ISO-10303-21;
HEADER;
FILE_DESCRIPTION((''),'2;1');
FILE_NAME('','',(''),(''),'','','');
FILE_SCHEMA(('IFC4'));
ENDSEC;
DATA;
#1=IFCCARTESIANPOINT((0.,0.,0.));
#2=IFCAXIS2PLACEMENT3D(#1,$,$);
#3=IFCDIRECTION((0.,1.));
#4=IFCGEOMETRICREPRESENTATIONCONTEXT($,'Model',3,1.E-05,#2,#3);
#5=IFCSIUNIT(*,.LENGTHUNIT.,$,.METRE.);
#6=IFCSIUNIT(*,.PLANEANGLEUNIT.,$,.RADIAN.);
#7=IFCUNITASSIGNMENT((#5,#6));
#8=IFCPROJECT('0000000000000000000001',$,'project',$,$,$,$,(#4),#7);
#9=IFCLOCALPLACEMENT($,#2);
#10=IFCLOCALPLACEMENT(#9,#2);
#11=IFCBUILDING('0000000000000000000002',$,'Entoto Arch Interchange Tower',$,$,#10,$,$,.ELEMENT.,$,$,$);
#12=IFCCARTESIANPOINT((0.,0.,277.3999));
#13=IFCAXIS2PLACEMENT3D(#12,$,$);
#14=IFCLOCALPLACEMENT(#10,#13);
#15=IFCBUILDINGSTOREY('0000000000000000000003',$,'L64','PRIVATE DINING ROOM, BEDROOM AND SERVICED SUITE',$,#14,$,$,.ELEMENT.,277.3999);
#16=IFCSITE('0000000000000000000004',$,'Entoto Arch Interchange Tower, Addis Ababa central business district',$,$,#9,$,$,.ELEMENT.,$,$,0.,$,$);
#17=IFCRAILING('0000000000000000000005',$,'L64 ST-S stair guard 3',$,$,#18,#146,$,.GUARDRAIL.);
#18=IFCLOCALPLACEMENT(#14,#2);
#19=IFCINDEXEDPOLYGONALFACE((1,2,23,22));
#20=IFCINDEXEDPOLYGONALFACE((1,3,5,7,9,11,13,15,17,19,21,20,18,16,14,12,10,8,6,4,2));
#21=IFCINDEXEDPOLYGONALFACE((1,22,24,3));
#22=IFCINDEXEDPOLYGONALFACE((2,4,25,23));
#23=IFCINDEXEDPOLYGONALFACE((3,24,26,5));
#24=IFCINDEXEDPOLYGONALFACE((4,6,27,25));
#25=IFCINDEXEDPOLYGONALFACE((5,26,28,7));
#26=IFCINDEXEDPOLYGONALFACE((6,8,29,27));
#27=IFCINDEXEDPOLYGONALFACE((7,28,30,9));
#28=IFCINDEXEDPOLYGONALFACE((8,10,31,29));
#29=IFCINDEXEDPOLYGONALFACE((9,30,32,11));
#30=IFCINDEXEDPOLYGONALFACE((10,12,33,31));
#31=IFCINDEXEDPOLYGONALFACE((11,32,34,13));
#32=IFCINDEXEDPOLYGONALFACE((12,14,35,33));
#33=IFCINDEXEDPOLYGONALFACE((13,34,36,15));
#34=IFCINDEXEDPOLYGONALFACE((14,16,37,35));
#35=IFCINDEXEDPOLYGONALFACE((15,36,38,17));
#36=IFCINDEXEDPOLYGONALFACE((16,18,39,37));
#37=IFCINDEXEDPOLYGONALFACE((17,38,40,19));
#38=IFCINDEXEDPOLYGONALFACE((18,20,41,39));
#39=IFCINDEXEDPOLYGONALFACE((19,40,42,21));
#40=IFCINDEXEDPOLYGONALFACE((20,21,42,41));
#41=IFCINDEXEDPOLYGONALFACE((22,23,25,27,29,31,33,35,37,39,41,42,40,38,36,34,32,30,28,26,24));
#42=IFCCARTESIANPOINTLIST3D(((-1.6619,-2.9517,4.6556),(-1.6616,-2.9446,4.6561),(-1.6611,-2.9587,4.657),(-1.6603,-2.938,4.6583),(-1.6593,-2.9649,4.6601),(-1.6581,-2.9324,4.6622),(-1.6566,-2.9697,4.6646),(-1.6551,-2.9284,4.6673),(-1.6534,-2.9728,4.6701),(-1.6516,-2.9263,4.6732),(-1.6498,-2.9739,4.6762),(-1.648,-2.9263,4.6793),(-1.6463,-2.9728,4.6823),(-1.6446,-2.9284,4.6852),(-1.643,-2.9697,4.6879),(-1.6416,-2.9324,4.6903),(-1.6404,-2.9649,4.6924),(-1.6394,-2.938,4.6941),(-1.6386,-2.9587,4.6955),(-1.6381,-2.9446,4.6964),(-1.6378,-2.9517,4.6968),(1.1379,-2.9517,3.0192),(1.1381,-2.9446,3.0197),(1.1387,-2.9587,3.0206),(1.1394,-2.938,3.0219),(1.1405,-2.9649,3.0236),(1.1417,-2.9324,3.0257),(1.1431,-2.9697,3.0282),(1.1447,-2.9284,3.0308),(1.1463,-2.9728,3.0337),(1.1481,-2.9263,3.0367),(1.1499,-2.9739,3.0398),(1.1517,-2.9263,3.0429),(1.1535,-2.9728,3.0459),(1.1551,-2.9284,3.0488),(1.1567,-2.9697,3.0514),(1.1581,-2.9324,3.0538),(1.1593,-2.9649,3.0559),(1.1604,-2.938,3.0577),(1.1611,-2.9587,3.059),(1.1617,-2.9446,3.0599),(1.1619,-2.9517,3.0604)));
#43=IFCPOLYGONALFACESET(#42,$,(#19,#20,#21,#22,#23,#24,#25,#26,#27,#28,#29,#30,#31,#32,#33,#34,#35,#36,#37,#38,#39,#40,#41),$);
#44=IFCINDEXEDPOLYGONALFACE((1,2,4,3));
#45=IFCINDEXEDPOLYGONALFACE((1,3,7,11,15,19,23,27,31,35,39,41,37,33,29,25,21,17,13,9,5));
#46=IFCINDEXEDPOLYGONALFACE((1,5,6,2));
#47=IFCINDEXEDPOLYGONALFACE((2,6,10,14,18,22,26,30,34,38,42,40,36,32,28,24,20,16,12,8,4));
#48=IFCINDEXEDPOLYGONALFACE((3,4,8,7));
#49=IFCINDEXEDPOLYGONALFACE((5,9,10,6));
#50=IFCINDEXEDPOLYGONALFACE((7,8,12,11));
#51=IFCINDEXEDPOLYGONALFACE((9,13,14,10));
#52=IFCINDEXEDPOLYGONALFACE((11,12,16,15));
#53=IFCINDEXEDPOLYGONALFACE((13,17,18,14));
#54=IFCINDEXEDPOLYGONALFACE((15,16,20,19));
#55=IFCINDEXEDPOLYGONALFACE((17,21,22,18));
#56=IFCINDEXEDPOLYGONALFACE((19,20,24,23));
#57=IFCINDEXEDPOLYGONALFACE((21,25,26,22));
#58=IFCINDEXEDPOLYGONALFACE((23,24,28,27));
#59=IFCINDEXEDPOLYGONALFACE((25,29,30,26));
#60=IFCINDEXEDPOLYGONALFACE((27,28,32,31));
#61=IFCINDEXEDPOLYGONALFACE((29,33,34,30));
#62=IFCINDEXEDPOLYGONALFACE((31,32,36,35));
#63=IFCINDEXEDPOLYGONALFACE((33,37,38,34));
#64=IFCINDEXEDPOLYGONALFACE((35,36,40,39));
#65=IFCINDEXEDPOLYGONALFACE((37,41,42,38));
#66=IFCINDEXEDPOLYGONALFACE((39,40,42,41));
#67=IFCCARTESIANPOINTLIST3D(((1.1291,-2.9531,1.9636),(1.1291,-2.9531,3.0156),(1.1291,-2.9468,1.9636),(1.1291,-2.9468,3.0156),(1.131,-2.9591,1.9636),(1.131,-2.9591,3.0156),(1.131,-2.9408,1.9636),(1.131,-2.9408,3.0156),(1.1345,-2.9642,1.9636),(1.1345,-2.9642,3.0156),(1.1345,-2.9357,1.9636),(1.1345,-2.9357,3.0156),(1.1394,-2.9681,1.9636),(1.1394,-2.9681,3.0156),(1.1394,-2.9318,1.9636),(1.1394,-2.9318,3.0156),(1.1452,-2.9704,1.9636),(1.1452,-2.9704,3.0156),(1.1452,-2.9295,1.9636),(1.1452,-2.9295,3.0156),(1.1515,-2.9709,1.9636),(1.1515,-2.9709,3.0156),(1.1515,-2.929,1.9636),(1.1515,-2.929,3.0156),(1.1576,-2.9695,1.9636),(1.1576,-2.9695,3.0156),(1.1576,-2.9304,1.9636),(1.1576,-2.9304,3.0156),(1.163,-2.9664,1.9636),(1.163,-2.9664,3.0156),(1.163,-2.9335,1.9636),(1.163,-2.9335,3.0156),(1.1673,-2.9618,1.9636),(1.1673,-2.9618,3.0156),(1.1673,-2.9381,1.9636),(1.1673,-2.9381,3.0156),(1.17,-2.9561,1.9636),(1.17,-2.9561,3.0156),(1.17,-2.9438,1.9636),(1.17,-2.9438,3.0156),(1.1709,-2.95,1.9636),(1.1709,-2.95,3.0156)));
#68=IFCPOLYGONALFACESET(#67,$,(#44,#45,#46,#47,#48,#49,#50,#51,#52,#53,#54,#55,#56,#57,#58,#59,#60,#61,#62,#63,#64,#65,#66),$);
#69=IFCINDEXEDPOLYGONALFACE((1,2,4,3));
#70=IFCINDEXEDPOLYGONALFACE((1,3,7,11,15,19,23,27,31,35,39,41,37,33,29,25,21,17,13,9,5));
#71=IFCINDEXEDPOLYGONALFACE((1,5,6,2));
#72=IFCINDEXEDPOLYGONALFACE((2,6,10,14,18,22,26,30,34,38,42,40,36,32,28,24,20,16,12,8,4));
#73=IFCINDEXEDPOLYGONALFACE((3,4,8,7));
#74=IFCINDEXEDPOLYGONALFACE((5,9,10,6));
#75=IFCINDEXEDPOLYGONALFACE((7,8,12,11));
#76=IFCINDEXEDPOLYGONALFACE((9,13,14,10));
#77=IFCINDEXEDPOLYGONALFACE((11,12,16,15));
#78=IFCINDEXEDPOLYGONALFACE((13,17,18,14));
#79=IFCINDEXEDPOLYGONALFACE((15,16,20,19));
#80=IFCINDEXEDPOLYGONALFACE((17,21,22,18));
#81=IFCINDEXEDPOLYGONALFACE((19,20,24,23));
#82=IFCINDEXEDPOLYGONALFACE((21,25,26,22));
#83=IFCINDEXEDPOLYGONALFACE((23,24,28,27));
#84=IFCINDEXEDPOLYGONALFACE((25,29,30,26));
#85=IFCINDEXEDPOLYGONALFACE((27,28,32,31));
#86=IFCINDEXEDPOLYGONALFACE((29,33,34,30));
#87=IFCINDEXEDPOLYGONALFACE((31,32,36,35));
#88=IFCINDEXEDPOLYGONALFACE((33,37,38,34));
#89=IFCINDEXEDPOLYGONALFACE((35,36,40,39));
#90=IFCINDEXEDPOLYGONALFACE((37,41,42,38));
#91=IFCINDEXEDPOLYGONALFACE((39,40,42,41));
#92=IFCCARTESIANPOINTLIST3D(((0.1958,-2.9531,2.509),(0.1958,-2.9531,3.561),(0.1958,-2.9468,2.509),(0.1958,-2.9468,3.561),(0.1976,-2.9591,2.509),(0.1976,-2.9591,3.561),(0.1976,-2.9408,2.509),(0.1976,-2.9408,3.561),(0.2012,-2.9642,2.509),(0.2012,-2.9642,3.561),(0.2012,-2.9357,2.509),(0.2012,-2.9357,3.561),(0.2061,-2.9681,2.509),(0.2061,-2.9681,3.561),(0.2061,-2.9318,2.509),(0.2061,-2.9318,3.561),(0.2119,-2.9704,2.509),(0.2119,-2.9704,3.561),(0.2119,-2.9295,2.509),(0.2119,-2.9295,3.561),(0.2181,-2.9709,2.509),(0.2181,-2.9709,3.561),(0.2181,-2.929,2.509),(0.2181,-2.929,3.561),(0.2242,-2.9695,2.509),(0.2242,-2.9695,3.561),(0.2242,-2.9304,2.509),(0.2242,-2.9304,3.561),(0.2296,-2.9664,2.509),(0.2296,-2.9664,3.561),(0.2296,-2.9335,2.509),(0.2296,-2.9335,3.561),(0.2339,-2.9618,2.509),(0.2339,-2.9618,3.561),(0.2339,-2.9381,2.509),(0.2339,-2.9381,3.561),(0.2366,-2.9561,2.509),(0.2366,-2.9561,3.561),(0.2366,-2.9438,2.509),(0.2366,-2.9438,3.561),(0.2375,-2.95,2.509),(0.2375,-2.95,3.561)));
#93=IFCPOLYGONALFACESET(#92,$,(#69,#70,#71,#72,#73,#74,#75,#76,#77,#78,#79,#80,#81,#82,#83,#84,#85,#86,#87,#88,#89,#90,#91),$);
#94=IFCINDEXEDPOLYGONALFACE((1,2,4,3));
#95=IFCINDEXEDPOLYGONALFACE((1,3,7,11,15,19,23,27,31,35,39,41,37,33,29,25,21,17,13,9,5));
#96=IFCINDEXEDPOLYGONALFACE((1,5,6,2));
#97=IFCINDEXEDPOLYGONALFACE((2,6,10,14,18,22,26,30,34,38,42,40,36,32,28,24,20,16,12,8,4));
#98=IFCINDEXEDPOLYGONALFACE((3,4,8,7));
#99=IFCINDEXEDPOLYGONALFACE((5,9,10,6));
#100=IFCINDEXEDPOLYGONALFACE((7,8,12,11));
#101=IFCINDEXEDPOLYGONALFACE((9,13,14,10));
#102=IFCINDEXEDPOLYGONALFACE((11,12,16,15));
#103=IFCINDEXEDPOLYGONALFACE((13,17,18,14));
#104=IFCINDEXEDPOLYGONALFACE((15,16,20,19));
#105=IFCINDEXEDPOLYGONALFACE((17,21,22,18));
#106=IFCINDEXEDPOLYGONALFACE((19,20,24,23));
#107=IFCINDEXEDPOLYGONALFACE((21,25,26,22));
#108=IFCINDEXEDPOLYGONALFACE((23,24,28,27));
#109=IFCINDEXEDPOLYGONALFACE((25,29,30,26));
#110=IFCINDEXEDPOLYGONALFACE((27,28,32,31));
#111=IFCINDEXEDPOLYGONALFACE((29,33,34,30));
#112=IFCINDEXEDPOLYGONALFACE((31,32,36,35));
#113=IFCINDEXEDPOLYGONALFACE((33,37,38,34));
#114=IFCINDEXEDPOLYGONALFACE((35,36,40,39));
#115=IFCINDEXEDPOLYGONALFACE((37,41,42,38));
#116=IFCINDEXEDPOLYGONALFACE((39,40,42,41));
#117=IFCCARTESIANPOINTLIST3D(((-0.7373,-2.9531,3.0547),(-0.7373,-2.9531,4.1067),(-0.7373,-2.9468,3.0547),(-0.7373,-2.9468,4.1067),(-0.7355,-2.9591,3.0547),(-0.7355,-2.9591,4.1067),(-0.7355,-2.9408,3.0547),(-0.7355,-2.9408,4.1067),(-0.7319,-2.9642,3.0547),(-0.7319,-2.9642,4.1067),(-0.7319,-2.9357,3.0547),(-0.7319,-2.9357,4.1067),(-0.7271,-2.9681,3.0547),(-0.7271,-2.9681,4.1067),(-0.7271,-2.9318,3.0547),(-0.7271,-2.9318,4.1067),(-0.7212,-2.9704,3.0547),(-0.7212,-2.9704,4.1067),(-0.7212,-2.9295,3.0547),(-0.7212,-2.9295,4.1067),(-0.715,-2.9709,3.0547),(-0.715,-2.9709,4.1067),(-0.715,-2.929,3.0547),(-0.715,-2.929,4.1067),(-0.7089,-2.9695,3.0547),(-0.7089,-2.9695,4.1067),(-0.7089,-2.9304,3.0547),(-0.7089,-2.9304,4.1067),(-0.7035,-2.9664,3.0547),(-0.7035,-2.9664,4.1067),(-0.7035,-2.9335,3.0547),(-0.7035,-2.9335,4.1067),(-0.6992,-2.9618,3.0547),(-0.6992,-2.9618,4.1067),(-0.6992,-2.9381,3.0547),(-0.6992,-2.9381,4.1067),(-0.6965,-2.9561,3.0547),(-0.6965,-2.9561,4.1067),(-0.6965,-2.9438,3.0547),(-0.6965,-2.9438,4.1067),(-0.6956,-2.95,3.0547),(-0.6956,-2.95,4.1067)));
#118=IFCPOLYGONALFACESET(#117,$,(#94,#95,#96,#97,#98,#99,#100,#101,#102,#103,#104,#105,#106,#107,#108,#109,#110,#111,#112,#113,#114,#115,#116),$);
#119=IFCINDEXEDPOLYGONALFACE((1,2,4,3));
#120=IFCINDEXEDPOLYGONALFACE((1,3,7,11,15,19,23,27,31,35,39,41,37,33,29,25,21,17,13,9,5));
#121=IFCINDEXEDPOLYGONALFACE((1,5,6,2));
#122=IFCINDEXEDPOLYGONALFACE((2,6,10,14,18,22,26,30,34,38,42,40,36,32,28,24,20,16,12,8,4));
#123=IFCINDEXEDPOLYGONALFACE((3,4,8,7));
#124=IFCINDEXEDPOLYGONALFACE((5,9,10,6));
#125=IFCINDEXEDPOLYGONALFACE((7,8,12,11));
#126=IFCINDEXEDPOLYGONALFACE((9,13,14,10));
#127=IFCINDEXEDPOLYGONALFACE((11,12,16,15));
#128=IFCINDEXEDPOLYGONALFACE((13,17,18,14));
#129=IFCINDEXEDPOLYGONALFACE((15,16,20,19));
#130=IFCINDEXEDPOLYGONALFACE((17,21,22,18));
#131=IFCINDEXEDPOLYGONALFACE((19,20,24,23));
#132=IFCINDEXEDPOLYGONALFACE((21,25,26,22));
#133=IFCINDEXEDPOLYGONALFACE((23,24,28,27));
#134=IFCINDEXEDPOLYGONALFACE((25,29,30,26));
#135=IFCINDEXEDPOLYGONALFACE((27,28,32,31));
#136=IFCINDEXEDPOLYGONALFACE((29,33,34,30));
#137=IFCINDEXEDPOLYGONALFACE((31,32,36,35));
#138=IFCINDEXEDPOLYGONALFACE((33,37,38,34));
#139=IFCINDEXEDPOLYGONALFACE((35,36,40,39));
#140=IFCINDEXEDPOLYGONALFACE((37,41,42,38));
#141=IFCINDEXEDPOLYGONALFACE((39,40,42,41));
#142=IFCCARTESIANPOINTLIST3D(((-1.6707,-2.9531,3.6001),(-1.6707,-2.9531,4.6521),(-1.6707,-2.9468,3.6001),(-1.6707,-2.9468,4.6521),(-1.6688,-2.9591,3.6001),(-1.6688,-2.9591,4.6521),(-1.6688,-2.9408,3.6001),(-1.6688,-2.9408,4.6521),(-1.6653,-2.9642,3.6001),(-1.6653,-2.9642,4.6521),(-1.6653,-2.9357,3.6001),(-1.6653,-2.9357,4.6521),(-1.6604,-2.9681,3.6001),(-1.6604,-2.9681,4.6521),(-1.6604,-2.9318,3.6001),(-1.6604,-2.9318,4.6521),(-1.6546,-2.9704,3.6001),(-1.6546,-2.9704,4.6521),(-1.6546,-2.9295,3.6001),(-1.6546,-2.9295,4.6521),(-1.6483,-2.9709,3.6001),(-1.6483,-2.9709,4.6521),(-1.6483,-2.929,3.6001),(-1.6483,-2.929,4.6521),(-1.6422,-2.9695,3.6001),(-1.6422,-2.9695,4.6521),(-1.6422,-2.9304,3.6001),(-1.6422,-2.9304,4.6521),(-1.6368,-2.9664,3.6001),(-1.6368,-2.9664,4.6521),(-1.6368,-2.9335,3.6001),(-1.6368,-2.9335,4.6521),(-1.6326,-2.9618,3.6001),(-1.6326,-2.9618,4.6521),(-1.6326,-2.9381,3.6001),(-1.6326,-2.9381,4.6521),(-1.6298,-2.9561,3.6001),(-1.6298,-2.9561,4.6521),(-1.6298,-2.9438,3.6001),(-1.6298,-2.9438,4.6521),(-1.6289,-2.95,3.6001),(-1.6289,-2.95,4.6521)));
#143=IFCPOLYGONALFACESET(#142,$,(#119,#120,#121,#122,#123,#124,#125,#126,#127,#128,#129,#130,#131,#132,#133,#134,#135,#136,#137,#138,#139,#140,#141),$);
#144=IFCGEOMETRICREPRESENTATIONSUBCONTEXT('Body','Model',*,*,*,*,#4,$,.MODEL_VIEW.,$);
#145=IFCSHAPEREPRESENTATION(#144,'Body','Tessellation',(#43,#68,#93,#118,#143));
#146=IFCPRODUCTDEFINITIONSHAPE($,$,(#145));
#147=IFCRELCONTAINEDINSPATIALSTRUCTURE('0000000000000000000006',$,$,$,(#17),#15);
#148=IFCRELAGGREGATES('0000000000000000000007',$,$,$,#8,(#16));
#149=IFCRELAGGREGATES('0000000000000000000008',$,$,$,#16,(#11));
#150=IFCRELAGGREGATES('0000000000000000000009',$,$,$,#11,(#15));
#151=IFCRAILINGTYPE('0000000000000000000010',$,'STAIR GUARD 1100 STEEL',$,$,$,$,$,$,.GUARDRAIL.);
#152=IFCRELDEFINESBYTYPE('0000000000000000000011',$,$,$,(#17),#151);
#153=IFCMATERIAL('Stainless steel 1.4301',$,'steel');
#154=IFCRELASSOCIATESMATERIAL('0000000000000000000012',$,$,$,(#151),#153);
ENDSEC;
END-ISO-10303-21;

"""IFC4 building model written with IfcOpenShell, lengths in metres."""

from ifc_helpers import new_model, si_unit, direction, frame, origin, origin_2d, place, context, subcontext, project, spatial, circle, extrude, material, type_object, element, save


model = new_model("IFC4")

# Units and contexts
model_context = context("Model", 3, precision=1e-05, world=origin(), true_north=direction((0.0, 1.0)))
body_context = subcontext(model_context, "Body", "Model", "MODEL_VIEW")
ifc_project = project(units=[si_unit("LENGTHUNIT", "METRE"), si_unit("PLANEANGLEUNIT", "RADIAN")], contexts=[model_context])

# Site, building, storey
site_placement = place(None, origin())
site = spatial("IfcSite", under=ifc_project, at=site_placement, Name="Entoto Arch Interchange Tower, Addis Ababa central business district", CompositionType="ELEMENT", RefElevation=0.0)
building_placement = place(site_placement, origin())
building = spatial("IfcBuilding", under=site, at=building_placement, Name="Entoto Arch Interchange Tower", CompositionType="ELEMENT")
storey_placement = place(building_placement, frame((0.0, 0.0, 277.3999)))
storey = spatial("IfcBuildingStorey", under=building, at=storey_placement, Name="L64", Description="PRIVATE DINING ROOM, BEDROOM AND SERVICED SUITE", CompositionType="ELEMENT", Elevation=277.3999)

# Railing
ifc_material_1 = material(Name="Stainless steel 1.4301", Category="steel")
railing_type_1 = type_object("IfcRailingType", Name="STAIR GUARD 1100 STEEL", PredefinedType="GUARDRAIL", material=ifc_material_1)
railing_1_placement = place(storey_placement, frame((1.1499, -2.95, 1.9636)))
element("IfcRailing", 1, at=railing_1_placement, inside=storey, type_object=railing_type_1, Name="L64 ST-S stair guard 3", PredefinedType="GUARDRAIL", context=body_context, shape_type="SweptSolid", body=[
    extrude(circle(Radius=0.0239, at=origin_2d()), frame((0.0, 0.0, 1.0762), z_axis=(-0.863342, 0.0, 0.50462), x_axis=(0.0, -1.0, 0.0)), (0.0, 0.0, 1.0), 3.2429),
    extrude(circle(Radius=0.021, at=origin_2d()), origin(), (0.0, 0.0, 1.0), 1.052),
    extrude(circle(Radius=0.021, at=origin_2d()), frame((-0.9333, 0.0, 0.5454)), (0.0, 0.0, 1.0), 1.052),
    extrude(circle(Radius=0.021, at=origin_2d()), frame((-1.8665, 0.0, 1.0911)), (0.0, 0.0, 1.0), 1.052),
    extrude(circle(Radius=0.021, at=origin_2d()), frame((-2.7998, 0.0, 1.6365)), (0.0, 0.0, 1.0), 1.052),
])

save(model, "model.ifc")
